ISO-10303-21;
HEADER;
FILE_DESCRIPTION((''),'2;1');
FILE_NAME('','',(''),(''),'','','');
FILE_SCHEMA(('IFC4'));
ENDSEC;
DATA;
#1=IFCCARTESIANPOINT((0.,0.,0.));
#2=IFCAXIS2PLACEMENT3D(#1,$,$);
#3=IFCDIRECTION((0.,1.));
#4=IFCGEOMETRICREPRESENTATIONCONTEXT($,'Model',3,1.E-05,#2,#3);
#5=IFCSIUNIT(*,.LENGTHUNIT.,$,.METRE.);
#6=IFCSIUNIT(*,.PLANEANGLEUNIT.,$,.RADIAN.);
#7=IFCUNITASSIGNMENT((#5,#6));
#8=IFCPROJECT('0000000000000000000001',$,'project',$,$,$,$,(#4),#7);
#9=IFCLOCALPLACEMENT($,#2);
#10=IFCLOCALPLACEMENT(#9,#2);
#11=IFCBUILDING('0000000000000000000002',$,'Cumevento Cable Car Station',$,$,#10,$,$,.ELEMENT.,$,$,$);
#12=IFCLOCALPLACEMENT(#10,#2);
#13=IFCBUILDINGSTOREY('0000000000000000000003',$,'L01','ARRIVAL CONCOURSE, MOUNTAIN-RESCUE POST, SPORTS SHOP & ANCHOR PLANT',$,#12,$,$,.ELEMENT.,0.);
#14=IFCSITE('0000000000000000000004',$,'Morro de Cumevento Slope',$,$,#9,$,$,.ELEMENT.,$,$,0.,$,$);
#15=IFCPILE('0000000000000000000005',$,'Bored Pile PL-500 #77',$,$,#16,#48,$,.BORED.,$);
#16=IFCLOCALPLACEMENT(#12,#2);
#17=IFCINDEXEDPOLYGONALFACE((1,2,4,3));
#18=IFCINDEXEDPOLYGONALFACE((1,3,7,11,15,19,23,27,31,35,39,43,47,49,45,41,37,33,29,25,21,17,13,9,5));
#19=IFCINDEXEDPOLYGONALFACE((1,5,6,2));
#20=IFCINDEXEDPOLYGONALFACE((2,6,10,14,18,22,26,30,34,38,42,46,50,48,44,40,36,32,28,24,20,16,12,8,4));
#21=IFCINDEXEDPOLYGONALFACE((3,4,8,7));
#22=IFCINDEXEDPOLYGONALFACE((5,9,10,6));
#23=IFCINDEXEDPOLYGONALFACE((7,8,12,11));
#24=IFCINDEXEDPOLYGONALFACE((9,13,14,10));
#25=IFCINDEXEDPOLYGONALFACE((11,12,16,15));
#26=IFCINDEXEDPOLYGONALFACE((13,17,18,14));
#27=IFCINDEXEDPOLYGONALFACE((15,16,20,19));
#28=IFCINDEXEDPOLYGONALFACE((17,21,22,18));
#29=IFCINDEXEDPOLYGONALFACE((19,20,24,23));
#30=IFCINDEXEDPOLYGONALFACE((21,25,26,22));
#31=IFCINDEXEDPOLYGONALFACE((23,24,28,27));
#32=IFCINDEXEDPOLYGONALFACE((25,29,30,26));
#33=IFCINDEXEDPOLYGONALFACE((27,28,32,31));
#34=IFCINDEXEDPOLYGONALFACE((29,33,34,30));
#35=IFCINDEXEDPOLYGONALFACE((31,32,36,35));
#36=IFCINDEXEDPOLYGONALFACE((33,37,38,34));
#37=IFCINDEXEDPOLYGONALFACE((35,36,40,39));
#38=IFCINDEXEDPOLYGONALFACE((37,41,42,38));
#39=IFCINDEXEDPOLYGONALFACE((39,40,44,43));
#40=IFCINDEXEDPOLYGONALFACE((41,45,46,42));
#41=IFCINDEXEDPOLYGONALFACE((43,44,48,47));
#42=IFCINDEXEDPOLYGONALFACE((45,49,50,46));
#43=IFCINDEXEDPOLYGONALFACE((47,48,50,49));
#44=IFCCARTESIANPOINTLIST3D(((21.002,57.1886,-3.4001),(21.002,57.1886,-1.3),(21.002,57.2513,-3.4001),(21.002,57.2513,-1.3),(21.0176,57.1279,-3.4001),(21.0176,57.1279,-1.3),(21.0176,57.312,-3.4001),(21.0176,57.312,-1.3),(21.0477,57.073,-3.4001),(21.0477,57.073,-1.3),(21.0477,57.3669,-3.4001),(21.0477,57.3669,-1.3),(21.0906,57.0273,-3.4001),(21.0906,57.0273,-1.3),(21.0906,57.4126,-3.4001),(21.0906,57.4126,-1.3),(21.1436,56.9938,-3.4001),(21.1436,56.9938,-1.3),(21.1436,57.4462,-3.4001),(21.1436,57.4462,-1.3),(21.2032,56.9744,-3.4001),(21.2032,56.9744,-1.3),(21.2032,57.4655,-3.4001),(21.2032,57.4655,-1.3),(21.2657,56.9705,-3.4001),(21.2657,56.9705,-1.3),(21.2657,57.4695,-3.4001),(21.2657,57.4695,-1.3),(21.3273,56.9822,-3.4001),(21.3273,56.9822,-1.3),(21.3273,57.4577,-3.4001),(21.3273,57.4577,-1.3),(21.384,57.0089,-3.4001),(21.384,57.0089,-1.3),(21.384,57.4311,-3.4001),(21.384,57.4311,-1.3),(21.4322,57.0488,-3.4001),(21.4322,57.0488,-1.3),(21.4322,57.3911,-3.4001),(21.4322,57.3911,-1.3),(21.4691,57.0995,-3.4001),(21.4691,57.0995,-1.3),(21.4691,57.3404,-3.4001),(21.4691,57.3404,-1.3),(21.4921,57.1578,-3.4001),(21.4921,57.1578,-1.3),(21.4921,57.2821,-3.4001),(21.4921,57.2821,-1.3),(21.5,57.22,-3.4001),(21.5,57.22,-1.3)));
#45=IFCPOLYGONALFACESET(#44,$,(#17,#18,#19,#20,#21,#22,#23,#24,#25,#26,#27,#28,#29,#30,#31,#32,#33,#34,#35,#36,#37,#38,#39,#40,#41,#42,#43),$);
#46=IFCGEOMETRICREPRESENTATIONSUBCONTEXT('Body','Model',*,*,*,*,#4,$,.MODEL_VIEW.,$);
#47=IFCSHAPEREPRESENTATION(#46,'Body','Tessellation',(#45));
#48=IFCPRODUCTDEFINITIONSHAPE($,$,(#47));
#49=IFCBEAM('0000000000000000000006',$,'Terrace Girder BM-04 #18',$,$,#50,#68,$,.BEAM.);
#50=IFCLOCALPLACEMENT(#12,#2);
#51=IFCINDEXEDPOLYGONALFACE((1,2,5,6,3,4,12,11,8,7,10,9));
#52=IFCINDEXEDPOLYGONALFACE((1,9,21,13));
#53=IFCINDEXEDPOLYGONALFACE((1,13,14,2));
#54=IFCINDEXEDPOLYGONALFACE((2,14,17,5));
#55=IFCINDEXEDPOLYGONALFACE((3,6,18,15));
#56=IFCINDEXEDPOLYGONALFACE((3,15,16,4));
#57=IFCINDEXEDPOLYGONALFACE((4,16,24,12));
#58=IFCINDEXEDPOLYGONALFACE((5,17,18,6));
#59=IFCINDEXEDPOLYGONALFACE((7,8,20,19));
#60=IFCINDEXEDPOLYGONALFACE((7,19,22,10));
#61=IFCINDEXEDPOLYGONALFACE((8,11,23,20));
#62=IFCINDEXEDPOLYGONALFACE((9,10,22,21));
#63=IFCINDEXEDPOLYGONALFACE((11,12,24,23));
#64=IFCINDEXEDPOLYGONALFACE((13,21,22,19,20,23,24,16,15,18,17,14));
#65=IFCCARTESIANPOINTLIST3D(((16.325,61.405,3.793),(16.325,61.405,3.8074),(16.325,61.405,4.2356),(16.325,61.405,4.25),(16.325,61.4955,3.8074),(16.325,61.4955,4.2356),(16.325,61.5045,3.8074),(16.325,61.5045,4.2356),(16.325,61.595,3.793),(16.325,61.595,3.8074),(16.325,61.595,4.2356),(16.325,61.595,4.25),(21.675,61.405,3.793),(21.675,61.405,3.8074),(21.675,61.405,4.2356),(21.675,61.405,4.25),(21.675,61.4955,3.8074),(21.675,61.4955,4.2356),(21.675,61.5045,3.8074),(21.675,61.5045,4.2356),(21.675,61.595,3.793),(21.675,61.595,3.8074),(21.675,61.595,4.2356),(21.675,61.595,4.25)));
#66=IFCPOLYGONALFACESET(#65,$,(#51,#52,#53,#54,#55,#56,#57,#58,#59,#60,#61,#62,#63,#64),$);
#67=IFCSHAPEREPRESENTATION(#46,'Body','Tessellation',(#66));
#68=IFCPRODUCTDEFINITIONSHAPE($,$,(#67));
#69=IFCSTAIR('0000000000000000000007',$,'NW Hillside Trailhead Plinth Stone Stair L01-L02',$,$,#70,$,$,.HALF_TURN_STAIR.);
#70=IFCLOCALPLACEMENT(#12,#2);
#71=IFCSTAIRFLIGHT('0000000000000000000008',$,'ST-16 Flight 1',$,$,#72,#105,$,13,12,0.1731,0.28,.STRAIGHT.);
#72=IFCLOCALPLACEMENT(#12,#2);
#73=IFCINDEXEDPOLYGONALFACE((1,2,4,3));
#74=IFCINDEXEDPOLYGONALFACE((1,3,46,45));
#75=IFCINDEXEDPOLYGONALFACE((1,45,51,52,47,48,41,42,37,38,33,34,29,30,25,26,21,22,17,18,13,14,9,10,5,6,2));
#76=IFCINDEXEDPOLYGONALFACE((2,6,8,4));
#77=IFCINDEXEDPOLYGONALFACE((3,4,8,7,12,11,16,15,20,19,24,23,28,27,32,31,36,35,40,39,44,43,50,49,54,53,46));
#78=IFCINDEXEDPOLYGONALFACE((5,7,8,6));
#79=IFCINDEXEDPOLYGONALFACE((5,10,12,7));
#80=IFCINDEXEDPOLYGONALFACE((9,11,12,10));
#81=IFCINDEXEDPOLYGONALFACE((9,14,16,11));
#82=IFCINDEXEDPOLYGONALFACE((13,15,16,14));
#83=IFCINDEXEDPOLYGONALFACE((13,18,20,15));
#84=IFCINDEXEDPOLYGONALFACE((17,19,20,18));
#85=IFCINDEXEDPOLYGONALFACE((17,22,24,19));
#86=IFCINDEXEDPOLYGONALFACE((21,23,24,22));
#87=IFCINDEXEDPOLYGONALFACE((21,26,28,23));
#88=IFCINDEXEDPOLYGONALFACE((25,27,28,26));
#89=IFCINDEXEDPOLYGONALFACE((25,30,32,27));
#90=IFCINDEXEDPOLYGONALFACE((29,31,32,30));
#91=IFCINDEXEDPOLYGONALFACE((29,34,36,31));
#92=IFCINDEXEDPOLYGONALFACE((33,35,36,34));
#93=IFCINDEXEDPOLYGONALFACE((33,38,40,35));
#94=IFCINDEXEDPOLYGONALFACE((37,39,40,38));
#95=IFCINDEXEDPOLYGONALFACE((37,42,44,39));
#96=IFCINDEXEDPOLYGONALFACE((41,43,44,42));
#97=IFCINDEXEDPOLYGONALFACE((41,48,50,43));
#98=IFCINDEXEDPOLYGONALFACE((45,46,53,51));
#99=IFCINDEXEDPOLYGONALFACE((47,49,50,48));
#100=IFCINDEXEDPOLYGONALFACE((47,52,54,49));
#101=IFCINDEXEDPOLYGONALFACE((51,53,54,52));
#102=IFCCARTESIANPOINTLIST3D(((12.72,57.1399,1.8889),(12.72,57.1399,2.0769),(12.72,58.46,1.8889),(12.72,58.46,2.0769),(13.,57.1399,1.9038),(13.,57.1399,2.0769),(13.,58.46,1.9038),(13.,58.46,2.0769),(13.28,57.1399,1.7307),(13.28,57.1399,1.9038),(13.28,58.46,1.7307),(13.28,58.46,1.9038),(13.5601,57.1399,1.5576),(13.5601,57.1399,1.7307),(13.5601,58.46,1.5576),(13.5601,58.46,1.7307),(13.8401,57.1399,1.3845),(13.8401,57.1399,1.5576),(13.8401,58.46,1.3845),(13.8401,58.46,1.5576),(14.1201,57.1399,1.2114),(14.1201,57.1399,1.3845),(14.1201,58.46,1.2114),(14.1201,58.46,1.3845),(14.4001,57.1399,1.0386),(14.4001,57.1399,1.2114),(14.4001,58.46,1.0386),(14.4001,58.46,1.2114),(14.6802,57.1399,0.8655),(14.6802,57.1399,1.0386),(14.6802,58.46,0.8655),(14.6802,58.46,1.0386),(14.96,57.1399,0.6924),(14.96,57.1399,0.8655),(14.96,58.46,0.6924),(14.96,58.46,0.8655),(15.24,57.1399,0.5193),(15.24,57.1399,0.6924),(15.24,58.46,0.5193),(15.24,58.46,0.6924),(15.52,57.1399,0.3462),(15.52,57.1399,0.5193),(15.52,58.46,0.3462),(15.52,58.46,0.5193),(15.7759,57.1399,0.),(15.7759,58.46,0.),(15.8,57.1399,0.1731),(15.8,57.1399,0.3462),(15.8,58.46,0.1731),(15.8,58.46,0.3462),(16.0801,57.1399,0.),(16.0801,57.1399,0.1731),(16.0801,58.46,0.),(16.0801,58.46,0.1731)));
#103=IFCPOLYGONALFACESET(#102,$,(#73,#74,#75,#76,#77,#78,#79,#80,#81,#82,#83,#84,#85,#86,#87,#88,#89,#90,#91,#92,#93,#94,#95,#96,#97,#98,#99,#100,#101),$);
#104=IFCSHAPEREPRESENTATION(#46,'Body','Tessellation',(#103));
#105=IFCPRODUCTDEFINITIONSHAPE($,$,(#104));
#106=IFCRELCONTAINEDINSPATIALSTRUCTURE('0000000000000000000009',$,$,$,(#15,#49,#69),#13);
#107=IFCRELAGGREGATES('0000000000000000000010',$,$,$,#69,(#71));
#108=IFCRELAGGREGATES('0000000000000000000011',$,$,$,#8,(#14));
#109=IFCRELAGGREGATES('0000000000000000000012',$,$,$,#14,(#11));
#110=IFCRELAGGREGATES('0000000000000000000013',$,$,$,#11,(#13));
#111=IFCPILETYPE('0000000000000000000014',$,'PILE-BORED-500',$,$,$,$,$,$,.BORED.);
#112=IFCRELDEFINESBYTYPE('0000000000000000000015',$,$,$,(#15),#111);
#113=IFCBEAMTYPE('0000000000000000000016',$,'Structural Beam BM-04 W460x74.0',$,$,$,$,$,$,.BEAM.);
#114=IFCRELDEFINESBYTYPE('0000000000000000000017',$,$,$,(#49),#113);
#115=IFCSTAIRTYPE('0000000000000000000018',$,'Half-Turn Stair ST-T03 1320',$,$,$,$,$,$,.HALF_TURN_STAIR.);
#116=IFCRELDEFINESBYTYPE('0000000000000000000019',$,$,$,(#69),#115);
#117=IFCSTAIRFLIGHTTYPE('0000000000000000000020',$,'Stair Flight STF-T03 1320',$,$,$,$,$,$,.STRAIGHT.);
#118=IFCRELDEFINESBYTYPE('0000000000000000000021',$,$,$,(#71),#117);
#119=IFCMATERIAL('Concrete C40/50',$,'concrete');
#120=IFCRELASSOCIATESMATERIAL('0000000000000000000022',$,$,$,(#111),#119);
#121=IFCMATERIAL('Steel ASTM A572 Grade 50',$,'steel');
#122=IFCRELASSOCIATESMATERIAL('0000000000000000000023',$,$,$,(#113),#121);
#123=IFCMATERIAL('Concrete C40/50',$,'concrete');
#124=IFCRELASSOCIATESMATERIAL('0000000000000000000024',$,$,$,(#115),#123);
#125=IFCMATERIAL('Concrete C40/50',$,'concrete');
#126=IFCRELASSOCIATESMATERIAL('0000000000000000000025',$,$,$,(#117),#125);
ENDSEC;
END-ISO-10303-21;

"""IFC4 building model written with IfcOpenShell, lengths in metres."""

from ifc_helpers import new_model, si_unit, direction, frame, origin, origin_2d, place, context, subcontext, project, spatial, polyline, circle, i_section, outline, extrude, material, material_profile, profile_set, type_object, element, aggregate, save


model = new_model("IFC4")

# Units and contexts
model_context = context("Model", 3, precision=1e-05, world=origin(), true_north=direction((0.0, 1.0)))
body_context = subcontext(model_context, "Body", "Model", "MODEL_VIEW")
ifc_project = project(units=[si_unit("LENGTHUNIT", "METRE"), si_unit("PLANEANGLEUNIT", "RADIAN")], contexts=[model_context])

# Site, building, storey
site_placement = place(None, origin())
site = spatial("IfcSite", under=ifc_project, at=site_placement, Name="Morro de Cumevento Slope", CompositionType="ELEMENT", RefElevation=0.0)
building_placement = place(site_placement, origin())
building = spatial("IfcBuilding", under=site, at=building_placement, Name="Cumevento Cable Car Station", CompositionType="ELEMENT")
storey_placement = place(building_placement, origin())
storey = spatial("IfcBuildingStorey", under=building, at=storey_placement, Name="L01", Description="ARRIVAL CONCOURSE, MOUNTAIN-RESCUE POST, SPORTS SHOP & ANCHOR PLANT", CompositionType="ELEMENT", Elevation=0.0)

# Pile
ifc_material_1 = material(Name="Concrete C40/50", Category="concrete")
ifc_material_profile_1 = material_profile(ifc_material_1, circle(Radius=0.25, at=origin_2d()), Name="PILE-D500")
ifc_profile_set_1 = profile_set([ifc_material_profile_1], Name="Concrete C40/50")
pile_type_1 = type_object("IfcPileType", Name="PILE-BORED-500", PredefinedType="BORED", material=ifc_profile_set_1)
pile_placement = place(storey_placement, frame((21.25, 57.22, -1.3), z_axis=(0.0, 0.0, -1.0), x_axis=(1.0, 0.0, 0.0)))
element("IfcPile", 1, at=pile_placement, inside=storey, type_object=pile_type_1, Name="Bored Pile PL-500 #77", PredefinedType="BORED", context=body_context, shape_type="SweptSolid", body=[
    extrude(circle(Radius=0.25, at=origin_2d()), origin(), (0.0, 0.0, 1.0), 2.1001),
])

# Beam
ifc_material_2 = material(Name="Steel ASTM A572 Grade 50", Category="steel")
ifc_material_profile_2 = material_profile(ifc_material_2, i_section(OverallWidth=0.1899, OverallDepth=0.457, WebThickness=0.009, FlangeThickness=0.0144, at=origin_2d()), Name="W460x74.0")
ifc_profile_set_2 = profile_set([ifc_material_profile_2], Name="Steel ASTM A572 Grade 50")
beam_type = type_object("IfcBeamType", Name="Structural Beam BM-04 W460x74.0", PredefinedType="BEAM", material=ifc_profile_set_2)
beam_placement = place(storey_placement, frame((16.325, 61.5, 4.0215), z_axis=(1.0, 0.0, 0.0), x_axis=(0.0, 1.0, 0.0)))
element("IfcBeam", 2, at=beam_placement, inside=storey, type_object=beam_type, Name="Terrace Girder BM-04 #18", PredefinedType="BEAM", context=body_context, shape_type="SweptSolid", body=[
    extrude(i_section(OverallWidth=0.1899, OverallDepth=0.457, WebThickness=0.009, FlangeThickness=0.0144, at=origin_2d()), origin(), (0.0, 0.0, 1.0), 5.3501),
])

# Stair, stair flight
ifc_material_3 = material(Name="Concrete C40/50", Category="concrete")
stair_type = type_object("IfcStairType", Name="Half-Turn Stair ST-T03 1320", PredefinedType="HALF_TURN_STAIR", material=ifc_material_3)
stair_placement = place(storey_placement, origin())
stair = element("IfcStair", 3, at=stair_placement, inside=storey, type_object=stair_type, Name="NW Hillside Trailhead Plinth Stone Stair L01-L02", PredefinedType="HALF_TURN_STAIR")
ifc_material_4 = material(Name="Concrete C40/50", Category="concrete")
stair_flight_type = type_object("IfcStairFlightType", Name="Stair Flight STF-T03 1320", PredefinedType="STRAIGHT", material=ifc_material_4)
stair_flight_placement = place(storey_placement, frame((16.0801, 57.8, 0.0), z_axis=(0.0, 0.0, 1.0), x_axis=(-1.0, 0.0, 0.0)))
stair_flight = element("IfcStairFlight", 4, at=stair_flight_placement, type_object=stair_flight_type, Name="ST-16 Flight 1", NumberOfRisers=13, NumberOfTreads=12, PredefinedType="STRAIGHT", RiserHeight=0.1731, TreadLength=0.28, context=body_context, shape_type="SweptSolid", body=[
    extrude(outline(polyline([(0.0, 0.0), (0.0, 0.1731), (0.28, 0.1731), (0.28, 0.3462), (0.5601, 0.3462), (0.5601, 0.5193), (0.8401, 0.5193), (0.8401, 0.6924), (1.1201, 0.6924), (1.1201, 0.8655), (1.3999, 0.8655), (1.3999, 1.0386), (1.6799, 1.0386), (1.6799, 1.2114), (1.96, 1.2114), (1.96, 1.3845), (2.24, 1.3845), (2.24, 1.5576), (2.52, 1.5576), (2.52, 1.7307), (2.8, 1.7307), (2.8, 1.9038), (3.0801, 1.9038), (3.0801, 2.0769), (3.3601, 2.0769), (3.3601, 2.25), (3.3601, 1.8889), (0.3042, 0.0), (0.0, 0.0)])), frame((0.0, 0.6602, 0.0), z_axis=(0.0, -1.0, 0.0), x_axis=(1.0, 0.0, 0.0)), (0.0, 0.0, 1.0), 1.3201),
])
aggregate(stair, [stair_flight])

save(model, "model.ifc")
